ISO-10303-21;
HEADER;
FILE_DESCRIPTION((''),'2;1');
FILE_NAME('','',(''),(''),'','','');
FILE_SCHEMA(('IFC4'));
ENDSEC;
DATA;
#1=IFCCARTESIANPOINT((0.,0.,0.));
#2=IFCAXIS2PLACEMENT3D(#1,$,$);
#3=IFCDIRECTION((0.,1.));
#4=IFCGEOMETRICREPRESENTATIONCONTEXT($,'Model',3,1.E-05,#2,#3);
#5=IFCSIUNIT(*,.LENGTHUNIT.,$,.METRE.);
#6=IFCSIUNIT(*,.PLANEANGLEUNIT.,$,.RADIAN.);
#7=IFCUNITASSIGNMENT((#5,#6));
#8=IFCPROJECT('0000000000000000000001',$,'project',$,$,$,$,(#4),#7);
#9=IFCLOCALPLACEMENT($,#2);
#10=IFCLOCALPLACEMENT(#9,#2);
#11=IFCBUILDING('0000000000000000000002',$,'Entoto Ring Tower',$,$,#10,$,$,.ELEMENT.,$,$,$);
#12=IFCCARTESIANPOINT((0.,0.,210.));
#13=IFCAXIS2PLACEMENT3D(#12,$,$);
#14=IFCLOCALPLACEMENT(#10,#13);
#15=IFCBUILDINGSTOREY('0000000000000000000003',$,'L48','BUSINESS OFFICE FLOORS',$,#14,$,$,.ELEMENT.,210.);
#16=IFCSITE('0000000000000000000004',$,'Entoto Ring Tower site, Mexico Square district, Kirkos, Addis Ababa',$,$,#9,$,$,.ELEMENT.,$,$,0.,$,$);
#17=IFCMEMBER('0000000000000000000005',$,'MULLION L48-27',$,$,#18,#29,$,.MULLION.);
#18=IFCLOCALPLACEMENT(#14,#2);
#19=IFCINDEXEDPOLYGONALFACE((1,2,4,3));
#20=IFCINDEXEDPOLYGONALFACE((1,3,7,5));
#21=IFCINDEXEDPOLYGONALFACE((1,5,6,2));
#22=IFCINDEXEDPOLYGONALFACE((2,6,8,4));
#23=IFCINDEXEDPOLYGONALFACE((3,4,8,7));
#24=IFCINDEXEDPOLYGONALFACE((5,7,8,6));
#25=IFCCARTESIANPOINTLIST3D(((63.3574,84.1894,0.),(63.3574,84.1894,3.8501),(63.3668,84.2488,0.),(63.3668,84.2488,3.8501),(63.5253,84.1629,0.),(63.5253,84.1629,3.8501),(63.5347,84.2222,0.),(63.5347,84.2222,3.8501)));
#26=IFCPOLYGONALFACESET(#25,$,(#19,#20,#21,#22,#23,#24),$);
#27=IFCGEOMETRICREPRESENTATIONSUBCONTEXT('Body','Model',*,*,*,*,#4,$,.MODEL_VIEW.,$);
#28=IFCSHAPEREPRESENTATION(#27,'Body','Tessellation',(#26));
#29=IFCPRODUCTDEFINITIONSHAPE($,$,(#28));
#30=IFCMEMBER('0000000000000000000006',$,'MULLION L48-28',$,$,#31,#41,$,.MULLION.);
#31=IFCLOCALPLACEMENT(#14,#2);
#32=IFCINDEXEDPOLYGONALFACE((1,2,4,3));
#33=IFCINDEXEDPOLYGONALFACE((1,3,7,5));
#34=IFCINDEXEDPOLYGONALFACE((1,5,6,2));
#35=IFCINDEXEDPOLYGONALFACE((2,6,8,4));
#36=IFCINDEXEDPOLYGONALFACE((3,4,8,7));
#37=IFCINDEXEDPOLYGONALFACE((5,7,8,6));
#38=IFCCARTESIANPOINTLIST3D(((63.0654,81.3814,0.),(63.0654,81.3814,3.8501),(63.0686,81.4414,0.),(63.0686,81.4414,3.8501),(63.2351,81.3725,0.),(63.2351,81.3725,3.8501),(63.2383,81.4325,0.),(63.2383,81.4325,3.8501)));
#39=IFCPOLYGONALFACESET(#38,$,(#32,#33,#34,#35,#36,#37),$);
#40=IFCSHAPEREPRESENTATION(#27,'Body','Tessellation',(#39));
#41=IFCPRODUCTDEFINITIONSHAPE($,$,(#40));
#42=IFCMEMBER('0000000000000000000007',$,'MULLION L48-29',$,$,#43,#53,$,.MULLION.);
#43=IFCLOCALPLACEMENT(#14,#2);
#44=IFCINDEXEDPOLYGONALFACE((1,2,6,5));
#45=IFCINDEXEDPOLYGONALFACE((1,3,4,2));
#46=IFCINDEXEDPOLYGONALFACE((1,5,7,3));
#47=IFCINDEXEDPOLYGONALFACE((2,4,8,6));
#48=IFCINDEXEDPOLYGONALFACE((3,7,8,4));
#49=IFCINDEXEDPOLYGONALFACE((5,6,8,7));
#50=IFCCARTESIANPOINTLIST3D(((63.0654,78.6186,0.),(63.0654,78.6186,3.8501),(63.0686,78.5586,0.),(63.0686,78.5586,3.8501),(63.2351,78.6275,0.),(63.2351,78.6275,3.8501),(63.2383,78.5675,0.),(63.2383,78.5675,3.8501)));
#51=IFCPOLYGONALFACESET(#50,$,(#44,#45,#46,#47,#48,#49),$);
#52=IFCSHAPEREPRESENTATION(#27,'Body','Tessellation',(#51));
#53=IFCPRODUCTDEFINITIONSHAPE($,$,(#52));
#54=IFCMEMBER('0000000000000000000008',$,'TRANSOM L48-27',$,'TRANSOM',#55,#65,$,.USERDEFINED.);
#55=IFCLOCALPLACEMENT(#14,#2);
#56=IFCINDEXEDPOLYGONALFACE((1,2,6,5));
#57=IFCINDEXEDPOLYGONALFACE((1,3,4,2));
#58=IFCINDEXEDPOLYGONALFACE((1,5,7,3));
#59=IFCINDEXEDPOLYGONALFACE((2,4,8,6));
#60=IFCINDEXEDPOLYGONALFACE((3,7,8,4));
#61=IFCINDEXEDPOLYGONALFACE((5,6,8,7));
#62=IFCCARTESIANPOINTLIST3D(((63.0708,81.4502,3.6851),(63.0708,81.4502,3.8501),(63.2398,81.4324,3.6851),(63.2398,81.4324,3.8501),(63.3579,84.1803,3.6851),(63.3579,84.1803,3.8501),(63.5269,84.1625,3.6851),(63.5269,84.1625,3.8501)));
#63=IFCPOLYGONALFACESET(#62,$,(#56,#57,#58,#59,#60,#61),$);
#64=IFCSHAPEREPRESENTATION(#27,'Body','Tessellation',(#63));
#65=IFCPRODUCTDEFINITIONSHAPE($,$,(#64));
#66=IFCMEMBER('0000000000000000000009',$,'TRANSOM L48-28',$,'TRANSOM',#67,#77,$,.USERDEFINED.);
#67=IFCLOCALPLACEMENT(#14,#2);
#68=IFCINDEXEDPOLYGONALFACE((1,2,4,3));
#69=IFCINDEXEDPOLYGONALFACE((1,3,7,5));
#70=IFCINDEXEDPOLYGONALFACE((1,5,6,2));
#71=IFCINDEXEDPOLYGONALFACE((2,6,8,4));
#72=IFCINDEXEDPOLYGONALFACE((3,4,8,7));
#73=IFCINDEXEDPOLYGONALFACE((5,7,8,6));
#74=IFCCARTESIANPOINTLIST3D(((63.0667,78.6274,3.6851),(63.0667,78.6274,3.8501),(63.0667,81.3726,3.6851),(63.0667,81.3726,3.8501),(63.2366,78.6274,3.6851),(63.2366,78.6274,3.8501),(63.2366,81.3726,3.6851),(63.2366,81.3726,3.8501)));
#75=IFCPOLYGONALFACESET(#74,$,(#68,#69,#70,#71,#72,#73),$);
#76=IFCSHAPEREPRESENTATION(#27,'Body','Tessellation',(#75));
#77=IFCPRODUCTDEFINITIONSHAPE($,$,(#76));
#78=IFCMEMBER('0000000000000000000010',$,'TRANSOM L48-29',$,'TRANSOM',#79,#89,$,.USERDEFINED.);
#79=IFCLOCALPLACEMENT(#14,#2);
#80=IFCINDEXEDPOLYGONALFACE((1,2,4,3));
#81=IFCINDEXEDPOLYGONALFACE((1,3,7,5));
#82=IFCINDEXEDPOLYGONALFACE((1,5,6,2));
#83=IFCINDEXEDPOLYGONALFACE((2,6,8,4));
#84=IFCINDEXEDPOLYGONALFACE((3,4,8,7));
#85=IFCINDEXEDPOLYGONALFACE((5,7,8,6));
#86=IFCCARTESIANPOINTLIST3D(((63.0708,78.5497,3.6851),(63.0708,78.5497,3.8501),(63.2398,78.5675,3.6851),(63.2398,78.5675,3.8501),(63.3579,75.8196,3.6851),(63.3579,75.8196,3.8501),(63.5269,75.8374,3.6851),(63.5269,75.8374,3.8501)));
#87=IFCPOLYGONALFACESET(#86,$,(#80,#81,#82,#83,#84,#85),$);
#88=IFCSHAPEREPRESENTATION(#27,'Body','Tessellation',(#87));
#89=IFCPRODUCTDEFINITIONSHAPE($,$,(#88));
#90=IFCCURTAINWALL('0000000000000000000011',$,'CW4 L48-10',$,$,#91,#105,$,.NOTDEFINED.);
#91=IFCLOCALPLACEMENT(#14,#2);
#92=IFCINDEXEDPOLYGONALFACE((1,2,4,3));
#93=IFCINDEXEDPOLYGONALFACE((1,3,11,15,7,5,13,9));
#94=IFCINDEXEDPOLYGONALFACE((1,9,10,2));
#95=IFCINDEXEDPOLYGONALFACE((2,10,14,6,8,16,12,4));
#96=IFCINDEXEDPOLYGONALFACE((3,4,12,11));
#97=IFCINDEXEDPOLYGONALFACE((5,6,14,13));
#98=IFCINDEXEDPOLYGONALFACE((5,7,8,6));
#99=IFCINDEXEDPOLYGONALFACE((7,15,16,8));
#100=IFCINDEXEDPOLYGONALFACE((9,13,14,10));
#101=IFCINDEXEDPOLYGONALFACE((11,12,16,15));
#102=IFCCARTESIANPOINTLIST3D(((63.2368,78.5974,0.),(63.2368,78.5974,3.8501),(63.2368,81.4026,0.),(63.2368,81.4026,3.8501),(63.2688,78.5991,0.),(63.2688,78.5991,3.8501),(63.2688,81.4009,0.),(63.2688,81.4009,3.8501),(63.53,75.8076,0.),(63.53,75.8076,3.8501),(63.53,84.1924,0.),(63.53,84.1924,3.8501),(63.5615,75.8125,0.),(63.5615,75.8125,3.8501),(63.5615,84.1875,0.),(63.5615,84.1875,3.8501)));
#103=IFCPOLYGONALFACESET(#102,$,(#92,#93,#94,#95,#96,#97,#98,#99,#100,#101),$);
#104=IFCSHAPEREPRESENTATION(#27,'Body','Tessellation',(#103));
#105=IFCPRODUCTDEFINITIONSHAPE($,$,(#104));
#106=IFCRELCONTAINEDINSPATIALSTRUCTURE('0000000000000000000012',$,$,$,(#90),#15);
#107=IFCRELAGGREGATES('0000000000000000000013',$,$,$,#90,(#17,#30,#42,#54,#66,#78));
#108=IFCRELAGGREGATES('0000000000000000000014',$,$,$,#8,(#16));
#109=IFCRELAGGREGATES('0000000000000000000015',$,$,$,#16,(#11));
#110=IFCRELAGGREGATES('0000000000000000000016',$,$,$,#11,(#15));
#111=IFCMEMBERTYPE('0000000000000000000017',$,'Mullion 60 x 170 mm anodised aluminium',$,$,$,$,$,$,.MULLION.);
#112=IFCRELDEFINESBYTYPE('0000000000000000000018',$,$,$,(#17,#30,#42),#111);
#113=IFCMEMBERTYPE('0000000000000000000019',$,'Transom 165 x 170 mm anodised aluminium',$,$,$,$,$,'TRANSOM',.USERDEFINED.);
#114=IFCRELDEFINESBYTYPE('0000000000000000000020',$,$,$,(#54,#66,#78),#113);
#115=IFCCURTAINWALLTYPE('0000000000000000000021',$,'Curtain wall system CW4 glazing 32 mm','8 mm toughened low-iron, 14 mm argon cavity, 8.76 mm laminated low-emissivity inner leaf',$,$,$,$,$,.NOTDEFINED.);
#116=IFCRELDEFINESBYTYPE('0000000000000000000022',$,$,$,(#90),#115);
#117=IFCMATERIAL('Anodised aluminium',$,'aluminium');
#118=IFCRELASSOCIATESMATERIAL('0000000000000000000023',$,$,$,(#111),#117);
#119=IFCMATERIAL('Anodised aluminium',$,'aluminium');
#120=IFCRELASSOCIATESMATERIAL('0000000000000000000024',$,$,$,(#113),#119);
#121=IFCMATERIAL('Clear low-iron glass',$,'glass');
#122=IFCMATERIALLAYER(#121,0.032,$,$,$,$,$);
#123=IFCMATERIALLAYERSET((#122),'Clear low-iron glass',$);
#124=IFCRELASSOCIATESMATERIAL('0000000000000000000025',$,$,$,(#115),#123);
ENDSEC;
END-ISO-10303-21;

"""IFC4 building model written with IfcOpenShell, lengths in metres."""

from ifc_helpers import new_model, si_unit, direction, frame, origin, origin_2d, place, context, subcontext, project, spatial, polyline, rectangle, outline, extrude, material, layer, layer_set, material_profile, profile_set, type_object, element, aggregate, save


model = new_model("IFC4")

# Units and contexts
model_context = context("Model", 3, precision=1e-05, world=origin(), true_north=direction((0.0, 1.0)))
body_context = subcontext(model_context, "Body", "Model", "MODEL_VIEW")
ifc_project = project(units=[si_unit("LENGTHUNIT", "METRE"), si_unit("PLANEANGLEUNIT", "RADIAN")], contexts=[model_context])

# Members
ifc_material_1 = material(Name="Anodised aluminium", Category="aluminium")
ifc_material_profile_1 = material_profile(ifc_material_1, rectangle(XDim=0.0601, YDim=0.1699, at=origin_2d()), Name="Mullion 60 x 170 mm anodised aluminium")
ifc_profile_set_1 = profile_set([ifc_material_profile_1], Name="Anodised aluminium")
member_type_1 = type_object("IfcMemberType", Name="Mullion 60 x 170 mm anodised aluminium", PredefinedType="MULLION", material=ifc_profile_set_1)
site_placement = place(None, origin())
building_placement = place(site_placement, origin())
storey_placement = place(building_placement, frame((0.0, 0.0, 210.0)))
member_1_placement = place(storey_placement, frame((63.446, 84.2058, 0.0), z_axis=(0.0, 0.0, 1.0), x_axis=(-0.156434, -0.987688, 0.0)))
member_1 = element("IfcMember", 1, at=member_1_placement, type_object=member_type_1, Name="MULLION L48-27", PredefinedType="MULLION", context=body_context, shape_type="SweptSolid", body=[
    extrude(rectangle(XDim=0.0601, YDim=0.1699, at=origin_2d()), origin(), (0.0, 0.0, 1.0), 3.8501),
])
member_2_placement = place(storey_placement, frame((63.1519, 81.407, 0.0), z_axis=(0.0, 0.0, 1.0), x_axis=(-0.052336, -0.99863, 0.0)))
member_2 = element("IfcMember", 2, at=member_2_placement, type_object=member_type_1, Name="MULLION L48-28", PredefinedType="MULLION", context=body_context, shape_type="SweptSolid", body=[
    extrude(rectangle(XDim=0.0601, YDim=0.1699, at=origin_2d()), origin(), (0.0, 0.0, 1.0), 3.8501),
])
member_3_placement = place(storey_placement, frame((63.1519, 78.593, 0.0), z_axis=(0.0, 0.0, 1.0), x_axis=(0.052336, -0.99863, 0.0)))
member_3 = element("IfcMember", 3, at=member_3_placement, type_object=member_type_1, Name="MULLION L48-29", PredefinedType="MULLION", context=body_context, shape_type="SweptSolid", body=[
    extrude(rectangle(XDim=0.0601, YDim=0.1699, at=origin_2d()), origin(), (0.0, 0.0, 1.0), 3.8501),
])
ifc_material_2 = material(Name="Anodised aluminium", Category="aluminium")
ifc_material_profile_2 = material_profile(ifc_material_2, rectangle(XDim=0.1699, YDim=0.165, at=origin_2d()), Name="Transom 165 x 170 mm anodised aluminium")
ifc_profile_set_2 = profile_set([ifc_material_profile_2], Name="Anodised aluminium")
member_type_2 = type_object("IfcMemberType", Name="Transom 165 x 170 mm anodised aluminium", ElementType="TRANSOM", PredefinedType="USERDEFINED", material=ifc_profile_set_2)
member_4_placement = place(storey_placement, frame((63.4424, 84.1714, 3.7676), z_axis=(-0.104592, -0.994515, 0.0), x_axis=(0.994515, -0.104592, 0.0)))
member_4 = element("IfcMember", 4, at=member_4_placement, type_object=member_type_2, Name="TRANSOM L48-27", ObjectType="TRANSOM", PredefinedType="USERDEFINED", context=body_context, shape_type="SweptSolid", body=[
    extrude(rectangle(XDim=0.1699, YDim=0.165, at=origin_2d()), origin(), (0.0, 0.0, 1.0), 2.7451),
])
member_5_placement = place(storey_placement, frame((63.1516, 81.3726, 3.7676), z_axis=(0.0, -1.0, 0.0), x_axis=(1.0, 0.0, 0.0)))
member_5 = element("IfcMember", 5, at=member_5_placement, type_object=member_type_2, Name="TRANSOM L48-28", ObjectType="TRANSOM", PredefinedType="USERDEFINED", context=body_context, shape_type="SweptSolid", body=[
    extrude(rectangle(XDim=0.1699, YDim=0.165, at=origin_2d()), origin(), (0.0, 0.0, 1.0), 2.7451),
])
member_6_placement = place(storey_placement, frame((63.1553, 78.5586, 3.7676), z_axis=(0.104592, -0.994515, 0.0), x_axis=(0.994515, 0.104592, 0.0)))
member_6 = element("IfcMember", 6, at=member_6_placement, type_object=member_type_2, Name="TRANSOM L48-29", ObjectType="TRANSOM", PredefinedType="USERDEFINED", context=body_context, shape_type="SweptSolid", body=[
    extrude(rectangle(XDim=0.1699, YDim=0.165, at=origin_2d()), origin(), (0.0, 0.0, 1.0), 2.7451),
])

# Site, building, storey
site = spatial("IfcSite", under=ifc_project, at=site_placement, Name="Entoto Ring Tower site, Mexico Square district, Kirkos, Addis Ababa", CompositionType="ELEMENT", RefElevation=0.0)
building = spatial("IfcBuilding", under=site, at=building_placement, Name="Entoto Ring Tower", CompositionType="ELEMENT")
storey = spatial("IfcBuildingStorey", under=building, at=storey_placement, Name="L48", Description="BUSINESS OFFICE FLOORS", CompositionType="ELEMENT", Elevation=210.0)

# Curtain wall
ifc_material_3 = material(Name="Clear low-iron glass", Category="glass")
ifc_layer = layer(ifc_material_3, 0.032)
ifc_layer_set = layer_set([ifc_layer], Name="Clear low-iron glass")
curtain_wall_type = type_object("IfcCurtainWallType", Name="Curtain wall system CW4 glazing 32 mm", Description="8 mm toughened low-iron, 14 mm argon cavity, 8.76 mm laminated low-emissivity inner leaf", PredefinedType="NOTDEFINED", material=ifc_layer_set)
curtain_wall_1_placement = place(storey_placement, origin())
curtain_wall_1 = element("IfcCurtainWall", 7, at=curtain_wall_1_placement, inside=storey, type_object=curtain_wall_type, Name="CW4 L48-10", PredefinedType="NOTDEFINED", context=body_context, shape_type="SweptSolid", body=[
    extrude(outline(polyline([(63.53, 84.1924), (63.2368, 81.4026), (63.2368, 78.5974), (63.53, 75.8076), (63.5615, 75.8125), (63.2688, 78.5991), (63.2688, 81.4009), (63.5615, 84.1875), (63.53, 84.1924)])), origin(), (0.0, 0.0, 1.0), 3.8501),
])
aggregate(curtain_wall_1, [member_1, member_2, member_3, member_4, member_5, member_6])

save(model, "model.ifc")
